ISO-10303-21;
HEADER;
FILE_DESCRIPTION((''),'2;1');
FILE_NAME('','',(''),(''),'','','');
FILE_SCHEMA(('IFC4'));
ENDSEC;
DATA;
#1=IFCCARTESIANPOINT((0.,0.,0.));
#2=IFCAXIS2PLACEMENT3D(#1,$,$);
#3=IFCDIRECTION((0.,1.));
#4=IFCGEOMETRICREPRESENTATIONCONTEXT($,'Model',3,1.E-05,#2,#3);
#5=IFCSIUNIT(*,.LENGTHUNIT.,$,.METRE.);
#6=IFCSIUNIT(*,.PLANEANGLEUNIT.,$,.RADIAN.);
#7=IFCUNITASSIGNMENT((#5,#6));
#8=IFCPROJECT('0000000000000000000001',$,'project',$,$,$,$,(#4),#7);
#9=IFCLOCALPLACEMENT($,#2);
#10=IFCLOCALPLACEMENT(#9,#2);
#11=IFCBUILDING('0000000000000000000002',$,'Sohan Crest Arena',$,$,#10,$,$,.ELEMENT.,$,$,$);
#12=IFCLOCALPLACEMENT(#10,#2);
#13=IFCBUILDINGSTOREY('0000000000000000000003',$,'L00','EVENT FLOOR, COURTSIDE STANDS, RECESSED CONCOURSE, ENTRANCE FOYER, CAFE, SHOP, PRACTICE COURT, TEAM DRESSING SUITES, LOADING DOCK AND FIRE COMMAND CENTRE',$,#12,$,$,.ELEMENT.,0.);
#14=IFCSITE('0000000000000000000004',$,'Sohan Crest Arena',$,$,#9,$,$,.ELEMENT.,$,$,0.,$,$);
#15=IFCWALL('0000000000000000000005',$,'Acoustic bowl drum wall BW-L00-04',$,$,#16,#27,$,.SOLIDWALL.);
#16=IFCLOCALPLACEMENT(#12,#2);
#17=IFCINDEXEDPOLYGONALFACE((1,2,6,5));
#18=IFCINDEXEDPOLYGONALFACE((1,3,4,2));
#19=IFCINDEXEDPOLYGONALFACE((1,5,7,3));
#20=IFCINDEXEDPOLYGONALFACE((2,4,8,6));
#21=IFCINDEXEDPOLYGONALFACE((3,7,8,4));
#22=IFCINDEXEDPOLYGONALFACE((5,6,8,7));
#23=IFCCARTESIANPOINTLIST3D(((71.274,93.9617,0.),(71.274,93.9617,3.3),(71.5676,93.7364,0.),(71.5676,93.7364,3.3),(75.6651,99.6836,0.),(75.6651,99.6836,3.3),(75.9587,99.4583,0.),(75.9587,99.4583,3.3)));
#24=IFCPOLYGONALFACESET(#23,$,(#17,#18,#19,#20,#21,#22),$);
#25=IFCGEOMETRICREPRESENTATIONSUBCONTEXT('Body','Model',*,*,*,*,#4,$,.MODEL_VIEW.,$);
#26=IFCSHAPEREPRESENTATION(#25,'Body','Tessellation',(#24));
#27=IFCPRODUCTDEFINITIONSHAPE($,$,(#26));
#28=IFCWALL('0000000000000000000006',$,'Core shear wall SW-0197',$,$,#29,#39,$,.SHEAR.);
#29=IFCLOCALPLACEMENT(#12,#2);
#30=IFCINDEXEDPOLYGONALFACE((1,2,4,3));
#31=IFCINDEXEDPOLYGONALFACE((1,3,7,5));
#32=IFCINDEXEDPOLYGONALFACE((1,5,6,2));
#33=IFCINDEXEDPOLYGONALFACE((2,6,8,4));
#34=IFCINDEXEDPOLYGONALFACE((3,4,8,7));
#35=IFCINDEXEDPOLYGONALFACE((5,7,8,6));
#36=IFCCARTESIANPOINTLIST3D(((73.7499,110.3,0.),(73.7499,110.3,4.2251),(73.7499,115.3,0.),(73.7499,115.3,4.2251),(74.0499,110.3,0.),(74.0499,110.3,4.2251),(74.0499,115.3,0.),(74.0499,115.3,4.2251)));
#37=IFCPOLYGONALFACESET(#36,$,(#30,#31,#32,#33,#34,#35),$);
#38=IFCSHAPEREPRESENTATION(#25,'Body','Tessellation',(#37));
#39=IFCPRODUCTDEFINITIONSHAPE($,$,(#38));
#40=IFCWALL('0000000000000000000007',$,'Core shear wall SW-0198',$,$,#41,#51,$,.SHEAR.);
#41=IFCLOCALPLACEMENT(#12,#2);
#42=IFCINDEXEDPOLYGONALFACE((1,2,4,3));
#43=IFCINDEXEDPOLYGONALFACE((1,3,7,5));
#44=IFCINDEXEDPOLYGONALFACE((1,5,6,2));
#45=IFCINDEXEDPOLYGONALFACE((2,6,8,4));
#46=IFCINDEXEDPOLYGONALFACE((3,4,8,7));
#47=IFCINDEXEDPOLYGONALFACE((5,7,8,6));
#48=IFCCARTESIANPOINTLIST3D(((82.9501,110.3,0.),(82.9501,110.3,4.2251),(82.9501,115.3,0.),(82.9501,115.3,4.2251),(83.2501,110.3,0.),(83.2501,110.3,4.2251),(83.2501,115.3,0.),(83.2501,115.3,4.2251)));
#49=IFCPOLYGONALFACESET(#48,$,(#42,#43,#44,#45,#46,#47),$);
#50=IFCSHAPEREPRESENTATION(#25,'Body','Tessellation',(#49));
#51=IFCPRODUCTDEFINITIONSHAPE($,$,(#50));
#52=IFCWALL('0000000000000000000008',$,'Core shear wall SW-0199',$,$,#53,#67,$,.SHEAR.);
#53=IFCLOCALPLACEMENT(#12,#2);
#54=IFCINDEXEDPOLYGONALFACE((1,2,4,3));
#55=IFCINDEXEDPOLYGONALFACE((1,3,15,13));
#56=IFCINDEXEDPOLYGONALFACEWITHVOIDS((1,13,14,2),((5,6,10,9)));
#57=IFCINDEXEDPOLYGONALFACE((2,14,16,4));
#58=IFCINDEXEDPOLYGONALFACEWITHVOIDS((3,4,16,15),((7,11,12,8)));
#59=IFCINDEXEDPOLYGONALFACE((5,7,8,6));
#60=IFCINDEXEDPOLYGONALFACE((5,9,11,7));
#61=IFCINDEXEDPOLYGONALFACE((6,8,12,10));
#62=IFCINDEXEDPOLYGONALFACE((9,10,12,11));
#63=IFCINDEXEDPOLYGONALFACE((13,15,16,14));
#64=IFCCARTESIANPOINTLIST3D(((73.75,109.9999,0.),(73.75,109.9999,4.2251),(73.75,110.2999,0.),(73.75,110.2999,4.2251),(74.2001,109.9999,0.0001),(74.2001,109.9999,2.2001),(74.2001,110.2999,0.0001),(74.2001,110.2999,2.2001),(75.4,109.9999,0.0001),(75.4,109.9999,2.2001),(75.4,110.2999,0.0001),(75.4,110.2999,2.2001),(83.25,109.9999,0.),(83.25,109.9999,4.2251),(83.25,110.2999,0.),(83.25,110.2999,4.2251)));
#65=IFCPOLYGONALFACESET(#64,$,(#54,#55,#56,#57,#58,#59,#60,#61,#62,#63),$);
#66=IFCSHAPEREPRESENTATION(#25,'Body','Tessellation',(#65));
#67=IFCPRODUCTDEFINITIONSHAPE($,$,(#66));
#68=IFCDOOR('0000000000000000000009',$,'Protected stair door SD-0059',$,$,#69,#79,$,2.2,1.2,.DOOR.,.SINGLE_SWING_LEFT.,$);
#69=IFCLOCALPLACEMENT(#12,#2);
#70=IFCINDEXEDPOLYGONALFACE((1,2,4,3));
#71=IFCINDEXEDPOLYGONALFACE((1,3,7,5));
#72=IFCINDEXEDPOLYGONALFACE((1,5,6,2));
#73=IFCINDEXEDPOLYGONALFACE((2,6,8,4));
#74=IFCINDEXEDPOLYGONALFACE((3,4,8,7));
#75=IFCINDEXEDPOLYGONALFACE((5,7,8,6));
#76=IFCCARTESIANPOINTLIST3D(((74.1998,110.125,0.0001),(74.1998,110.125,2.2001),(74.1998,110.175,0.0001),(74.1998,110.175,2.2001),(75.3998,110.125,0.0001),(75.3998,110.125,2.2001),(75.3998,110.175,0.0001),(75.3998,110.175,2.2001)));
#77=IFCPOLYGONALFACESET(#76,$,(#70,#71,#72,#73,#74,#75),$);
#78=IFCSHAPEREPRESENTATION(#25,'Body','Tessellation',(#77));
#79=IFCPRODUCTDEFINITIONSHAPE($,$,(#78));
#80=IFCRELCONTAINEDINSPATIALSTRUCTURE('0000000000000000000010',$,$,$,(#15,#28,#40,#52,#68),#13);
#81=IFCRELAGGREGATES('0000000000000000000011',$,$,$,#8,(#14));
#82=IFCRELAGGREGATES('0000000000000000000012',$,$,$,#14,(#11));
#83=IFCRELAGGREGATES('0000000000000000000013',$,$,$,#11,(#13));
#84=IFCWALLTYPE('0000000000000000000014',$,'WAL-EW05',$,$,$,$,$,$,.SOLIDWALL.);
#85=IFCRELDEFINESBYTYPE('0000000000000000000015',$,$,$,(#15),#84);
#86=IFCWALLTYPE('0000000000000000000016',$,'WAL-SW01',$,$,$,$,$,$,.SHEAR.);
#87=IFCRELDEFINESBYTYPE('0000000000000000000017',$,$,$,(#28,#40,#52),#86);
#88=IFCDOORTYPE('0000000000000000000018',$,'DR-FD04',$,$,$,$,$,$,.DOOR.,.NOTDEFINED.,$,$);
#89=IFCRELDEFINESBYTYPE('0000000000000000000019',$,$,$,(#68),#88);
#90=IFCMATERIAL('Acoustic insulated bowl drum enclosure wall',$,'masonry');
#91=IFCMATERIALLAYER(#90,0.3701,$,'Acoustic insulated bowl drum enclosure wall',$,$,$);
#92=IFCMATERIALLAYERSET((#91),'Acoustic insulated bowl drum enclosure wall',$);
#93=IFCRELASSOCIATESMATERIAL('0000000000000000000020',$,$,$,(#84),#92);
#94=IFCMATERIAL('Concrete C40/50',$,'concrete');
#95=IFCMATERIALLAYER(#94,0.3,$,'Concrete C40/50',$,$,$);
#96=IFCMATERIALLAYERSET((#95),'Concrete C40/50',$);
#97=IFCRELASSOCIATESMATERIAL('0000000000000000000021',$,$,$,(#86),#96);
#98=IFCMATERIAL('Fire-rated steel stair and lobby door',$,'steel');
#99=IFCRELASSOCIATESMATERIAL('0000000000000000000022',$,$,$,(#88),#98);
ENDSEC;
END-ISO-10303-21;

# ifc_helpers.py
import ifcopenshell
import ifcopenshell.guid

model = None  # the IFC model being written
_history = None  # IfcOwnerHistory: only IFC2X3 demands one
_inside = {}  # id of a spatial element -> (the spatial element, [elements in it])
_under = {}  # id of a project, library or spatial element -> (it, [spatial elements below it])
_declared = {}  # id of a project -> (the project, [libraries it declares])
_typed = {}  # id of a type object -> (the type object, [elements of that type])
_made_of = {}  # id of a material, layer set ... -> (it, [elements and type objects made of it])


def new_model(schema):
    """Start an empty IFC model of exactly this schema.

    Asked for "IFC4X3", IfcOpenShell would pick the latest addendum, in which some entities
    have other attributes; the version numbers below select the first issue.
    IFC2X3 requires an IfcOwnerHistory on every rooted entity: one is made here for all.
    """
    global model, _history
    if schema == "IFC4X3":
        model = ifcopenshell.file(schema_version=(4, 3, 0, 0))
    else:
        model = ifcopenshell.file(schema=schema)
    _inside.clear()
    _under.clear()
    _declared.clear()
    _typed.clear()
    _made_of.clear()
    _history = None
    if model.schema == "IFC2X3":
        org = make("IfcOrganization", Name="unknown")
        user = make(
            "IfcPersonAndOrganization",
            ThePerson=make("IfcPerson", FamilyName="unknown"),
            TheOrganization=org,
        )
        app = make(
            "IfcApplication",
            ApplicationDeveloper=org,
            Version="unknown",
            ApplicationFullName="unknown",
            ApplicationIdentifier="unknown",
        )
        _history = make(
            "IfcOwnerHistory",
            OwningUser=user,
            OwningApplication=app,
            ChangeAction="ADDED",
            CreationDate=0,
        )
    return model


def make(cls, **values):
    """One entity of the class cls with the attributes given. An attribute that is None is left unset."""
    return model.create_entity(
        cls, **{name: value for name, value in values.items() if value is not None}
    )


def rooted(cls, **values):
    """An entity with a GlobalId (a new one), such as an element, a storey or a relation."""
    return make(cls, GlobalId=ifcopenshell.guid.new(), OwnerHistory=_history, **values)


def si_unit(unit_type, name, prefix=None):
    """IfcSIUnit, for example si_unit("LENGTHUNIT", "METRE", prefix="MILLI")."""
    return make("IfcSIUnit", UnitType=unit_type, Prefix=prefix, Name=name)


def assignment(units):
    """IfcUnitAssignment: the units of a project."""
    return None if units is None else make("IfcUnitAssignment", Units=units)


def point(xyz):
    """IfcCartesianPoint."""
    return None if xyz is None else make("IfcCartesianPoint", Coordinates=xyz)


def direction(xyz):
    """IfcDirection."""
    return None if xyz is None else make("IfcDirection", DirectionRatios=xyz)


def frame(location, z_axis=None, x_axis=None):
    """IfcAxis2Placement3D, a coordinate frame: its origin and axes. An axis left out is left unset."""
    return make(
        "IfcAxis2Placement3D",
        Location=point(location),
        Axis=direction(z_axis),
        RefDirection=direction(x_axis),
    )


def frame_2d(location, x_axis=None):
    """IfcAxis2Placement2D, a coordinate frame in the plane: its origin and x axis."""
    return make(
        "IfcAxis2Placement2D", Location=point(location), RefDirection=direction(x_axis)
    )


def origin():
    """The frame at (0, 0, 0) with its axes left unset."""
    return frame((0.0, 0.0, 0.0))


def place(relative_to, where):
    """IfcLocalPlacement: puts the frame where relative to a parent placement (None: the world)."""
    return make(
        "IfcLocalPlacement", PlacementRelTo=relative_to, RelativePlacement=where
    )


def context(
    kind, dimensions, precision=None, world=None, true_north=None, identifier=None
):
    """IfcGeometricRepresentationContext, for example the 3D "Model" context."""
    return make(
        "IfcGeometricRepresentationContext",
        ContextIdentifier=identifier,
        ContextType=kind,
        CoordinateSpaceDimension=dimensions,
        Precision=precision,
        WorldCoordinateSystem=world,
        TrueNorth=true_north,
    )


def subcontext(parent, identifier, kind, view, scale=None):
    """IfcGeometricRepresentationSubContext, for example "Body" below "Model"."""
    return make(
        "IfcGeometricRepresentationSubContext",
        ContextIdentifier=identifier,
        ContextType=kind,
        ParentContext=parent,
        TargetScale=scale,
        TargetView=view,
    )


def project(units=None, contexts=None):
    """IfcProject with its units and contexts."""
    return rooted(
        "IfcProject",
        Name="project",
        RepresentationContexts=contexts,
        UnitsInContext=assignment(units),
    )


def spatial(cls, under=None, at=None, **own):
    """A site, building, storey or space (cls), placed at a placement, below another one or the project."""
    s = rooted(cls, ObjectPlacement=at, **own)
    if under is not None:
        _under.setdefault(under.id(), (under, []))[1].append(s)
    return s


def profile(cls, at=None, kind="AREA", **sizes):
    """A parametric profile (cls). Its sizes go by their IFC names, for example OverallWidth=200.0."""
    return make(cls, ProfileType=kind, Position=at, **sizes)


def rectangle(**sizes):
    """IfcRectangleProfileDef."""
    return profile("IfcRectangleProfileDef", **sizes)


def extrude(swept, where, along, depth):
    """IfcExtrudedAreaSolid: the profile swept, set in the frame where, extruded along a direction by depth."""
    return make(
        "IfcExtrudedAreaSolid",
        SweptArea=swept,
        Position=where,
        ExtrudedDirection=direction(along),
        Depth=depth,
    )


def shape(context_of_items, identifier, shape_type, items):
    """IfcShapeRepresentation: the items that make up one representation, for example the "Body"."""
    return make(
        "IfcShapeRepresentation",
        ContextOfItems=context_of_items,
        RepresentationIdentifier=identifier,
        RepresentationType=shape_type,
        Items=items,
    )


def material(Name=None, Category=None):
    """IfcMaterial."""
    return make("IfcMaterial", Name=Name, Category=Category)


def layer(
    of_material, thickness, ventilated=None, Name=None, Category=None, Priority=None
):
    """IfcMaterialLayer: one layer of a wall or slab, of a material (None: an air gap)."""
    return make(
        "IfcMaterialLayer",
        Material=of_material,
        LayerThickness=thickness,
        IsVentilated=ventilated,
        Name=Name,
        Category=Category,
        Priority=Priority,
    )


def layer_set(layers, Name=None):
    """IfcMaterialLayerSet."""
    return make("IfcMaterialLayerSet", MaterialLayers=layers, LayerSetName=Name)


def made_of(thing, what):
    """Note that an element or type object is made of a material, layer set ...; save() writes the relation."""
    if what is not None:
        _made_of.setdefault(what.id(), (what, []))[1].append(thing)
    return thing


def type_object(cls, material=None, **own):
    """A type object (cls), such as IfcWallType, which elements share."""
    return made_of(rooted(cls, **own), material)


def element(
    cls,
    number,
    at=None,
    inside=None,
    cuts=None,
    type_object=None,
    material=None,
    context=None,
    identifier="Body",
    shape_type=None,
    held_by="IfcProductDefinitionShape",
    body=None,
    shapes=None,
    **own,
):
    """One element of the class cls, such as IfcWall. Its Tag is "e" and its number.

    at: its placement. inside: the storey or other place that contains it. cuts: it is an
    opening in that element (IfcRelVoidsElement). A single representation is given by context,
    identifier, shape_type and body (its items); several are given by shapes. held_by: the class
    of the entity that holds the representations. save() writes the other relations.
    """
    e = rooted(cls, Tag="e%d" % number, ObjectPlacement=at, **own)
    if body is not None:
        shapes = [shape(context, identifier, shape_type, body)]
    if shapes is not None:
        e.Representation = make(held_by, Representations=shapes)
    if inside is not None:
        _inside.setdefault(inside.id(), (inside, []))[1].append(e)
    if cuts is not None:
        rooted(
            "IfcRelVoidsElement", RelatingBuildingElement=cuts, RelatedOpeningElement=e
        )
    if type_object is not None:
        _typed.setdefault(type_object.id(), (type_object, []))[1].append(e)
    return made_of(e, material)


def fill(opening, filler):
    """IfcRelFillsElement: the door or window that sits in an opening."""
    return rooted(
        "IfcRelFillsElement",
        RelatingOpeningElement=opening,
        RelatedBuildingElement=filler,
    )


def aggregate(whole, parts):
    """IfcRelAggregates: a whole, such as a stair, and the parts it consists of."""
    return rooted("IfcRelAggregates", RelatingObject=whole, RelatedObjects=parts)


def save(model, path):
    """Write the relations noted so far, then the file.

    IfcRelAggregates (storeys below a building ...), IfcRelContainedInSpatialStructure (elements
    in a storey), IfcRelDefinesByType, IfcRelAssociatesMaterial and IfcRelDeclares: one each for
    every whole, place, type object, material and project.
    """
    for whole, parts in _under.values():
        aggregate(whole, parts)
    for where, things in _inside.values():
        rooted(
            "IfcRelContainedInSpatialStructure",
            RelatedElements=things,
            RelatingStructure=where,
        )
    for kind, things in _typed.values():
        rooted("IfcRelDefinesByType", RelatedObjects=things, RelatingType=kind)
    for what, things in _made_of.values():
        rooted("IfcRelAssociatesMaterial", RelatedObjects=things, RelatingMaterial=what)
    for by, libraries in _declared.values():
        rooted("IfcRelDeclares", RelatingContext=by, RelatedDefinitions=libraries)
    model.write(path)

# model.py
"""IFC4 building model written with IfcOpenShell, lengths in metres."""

from ifc_helpers import new_model, si_unit, direction, frame, frame_2d, origin, place, context, subcontext, project, spatial, rectangle, extrude, material, layer, layer_set, type_object, element, fill, save


model = new_model("IFC4")

# Units and contexts
model_context = context("Model", 3, precision=1e-05, world=origin(), true_north=direction((0.0, 1.0)))
body_context = subcontext(model_context, "Body", "Model", "MODEL_VIEW")
ifc_project = project(units=[si_unit("LENGTHUNIT", "METRE"), si_unit("PLANEANGLEUNIT", "RADIAN")], contexts=[model_context])

# Site, building, storey
site_placement = place(None, origin())
site = spatial("IfcSite", under=ifc_project, at=site_placement, Name="Sohan Crest Arena", CompositionType="ELEMENT", RefElevation=0.0)
building_placement = place(site_placement, origin())
building = spatial("IfcBuilding", under=site, at=building_placement, Name="Sohan Crest Arena", CompositionType="ELEMENT")
storey_placement = place(building_placement, origin())
storey = spatial("IfcBuildingStorey", under=building, at=storey_placement, Name="L00", Description="EVENT FLOOR, COURTSIDE STANDS, RECESSED CONCOURSE, ENTRANCE FOYER, CAFE, SHOP, PRACTICE COURT, TEAM DRESSING SUITES, LOADING DOCK AND FIRE COMMAND CENTRE", CompositionType="ELEMENT", Elevation=0.0)

# Shared definitions
ifc_material_1 = material(Name="Concrete C40/50", Category="concrete")

# Shared definitions
ifc_material_2 = material(Name="Acoustic insulated bowl drum enclosure wall", Category="masonry")
ifc_layer_1 = layer(ifc_material_2, 0.3701, Name="Acoustic insulated bowl drum enclosure wall")
ifc_layer_set_1 = layer_set([ifc_layer_1], Name="Acoustic insulated bowl drum enclosure wall")
wall_type_1 = type_object("IfcWallType", Name="WAL-EW05", PredefinedType="SOLIDWALL", material=ifc_layer_set_1)

# Walls
wall_1_placement = place(storey_placement, frame((75.812, 99.571, 0.0), z_axis=(0.0, 0.0, 1.0), x_axis=(-0.608807, -0.793318, 0.0)))
element("IfcWall", 1, at=wall_1_placement, inside=storey, type_object=wall_type_1, Name="Acoustic bowl drum wall BW-L00-04", PredefinedType="SOLIDWALL", context=body_context, shape_type="SweptSolid", body=[
    extrude(rectangle(XDim=7.2126, YDim=0.3701, at=frame_2d((3.6064, 0.0))), origin(), (0.0, 0.0, 1.0), 3.3),
])
ifc_layer_2 = layer(ifc_material_1, 0.3, Name="Concrete C40/50")
ifc_layer_set_2 = layer_set([ifc_layer_2], Name="Concrete C40/50")
wall_type_2 = type_object("IfcWallType", Name="WAL-SW01", PredefinedType="SHEAR", material=ifc_layer_set_2)
for number, where, z_axis, x_axis, name in (
    (2, (73.8999, 110.3, 0.0), (0.0, 0.0, 1.0), (0.0, 1.0, 0.0), "Core shear wall SW-0197"),
    (3, (83.1001, 110.3, 0.0), (0.0, 0.0, 1.0), (0.0, 1.0, 0.0), "Core shear wall SW-0198"),
):
    element("IfcWall", number, at=place(storey_placement, frame(where, z_axis=z_axis, x_axis=x_axis)), inside=storey, type_object=wall_type_2, Name=name, PredefinedType="SHEAR", context=body_context, shape_type="SweptSolid", body=[
        extrude(rectangle(XDim=5.0, YDim=0.3, at=frame_2d((2.5, 0.0))), origin(), (0.0, 0.0, 1.0), 4.2251),
    ])

# Wall, opening, door
wall_2_placement = place(storey_placement, frame((73.75, 110.1499, 0.0), z_axis=(0.0, 0.0, 1.0), x_axis=(1.0, 0.0, 0.0)))
wall_2 = element("IfcWall", 4, at=wall_2_placement, inside=storey, type_object=wall_type_2, Name="Core shear wall SW-0199", PredefinedType="SHEAR", context=body_context, shape_type="SweptSolid", body=[
    extrude(rectangle(XDim=9.5, YDim=0.3, at=frame_2d((4.75, 0.0))), origin(), (0.0, 0.0, 1.0), 4.2251),
])
opening_1_placement = place(wall_2_placement, frame((0.45, 0.0, 0.0)))
opening_1 = element("IfcOpeningElement", 5, at=opening_1_placement, cuts=wall_2, PredefinedType="OPENING", context=body_context, shape_type="SweptSolid", body=[
    extrude(rectangle(XDim=1.2, YDim=2.2, at=frame_2d((0.6001, 1.1001))), frame((0.0, 0.1599, 0.0), z_axis=(0.0, -1.0, 0.0), x_axis=(1.0, 0.0, 0.0)), (0.0, 0.0, 1.0), 0.3201),
])
ifc_material_3 = material(Name="Fire-rated steel stair and lobby door", Category="steel")
door_type_1 = type_object("IfcDoorType", Name="DR-FD04", OperationType="NOTDEFINED", PredefinedType="DOOR", material=ifc_material_3)
door_1_placement = place(opening_1_placement, frame((1.2, 0.0, 0.0), z_axis=(0.0, 0.0, 1.0), x_axis=(-1.0, 0.0, 0.0)))
door_1 = element("IfcDoor", 6, at=door_1_placement, inside=storey, type_object=door_type_1, Name="Protected stair door SD-0059", OperationType="SINGLE_SWING_LEFT", OverallHeight=2.2, OverallWidth=1.2, PredefinedType="DOOR", context=body_context, shape_type="SweptSolid", body=[
    extrude(rectangle(XDim=1.2, YDim=2.2, at=frame_2d((0.6001, 1.1001))), frame((0.0, 0.0249, 0.0), z_axis=(0.0, -1.0, 0.0), x_axis=(1.0, 0.0, 0.0)), (0.0, 0.0, 1.0), 0.05),
])
fill(opening_1, door_1)

save(model, "model.ifc")
